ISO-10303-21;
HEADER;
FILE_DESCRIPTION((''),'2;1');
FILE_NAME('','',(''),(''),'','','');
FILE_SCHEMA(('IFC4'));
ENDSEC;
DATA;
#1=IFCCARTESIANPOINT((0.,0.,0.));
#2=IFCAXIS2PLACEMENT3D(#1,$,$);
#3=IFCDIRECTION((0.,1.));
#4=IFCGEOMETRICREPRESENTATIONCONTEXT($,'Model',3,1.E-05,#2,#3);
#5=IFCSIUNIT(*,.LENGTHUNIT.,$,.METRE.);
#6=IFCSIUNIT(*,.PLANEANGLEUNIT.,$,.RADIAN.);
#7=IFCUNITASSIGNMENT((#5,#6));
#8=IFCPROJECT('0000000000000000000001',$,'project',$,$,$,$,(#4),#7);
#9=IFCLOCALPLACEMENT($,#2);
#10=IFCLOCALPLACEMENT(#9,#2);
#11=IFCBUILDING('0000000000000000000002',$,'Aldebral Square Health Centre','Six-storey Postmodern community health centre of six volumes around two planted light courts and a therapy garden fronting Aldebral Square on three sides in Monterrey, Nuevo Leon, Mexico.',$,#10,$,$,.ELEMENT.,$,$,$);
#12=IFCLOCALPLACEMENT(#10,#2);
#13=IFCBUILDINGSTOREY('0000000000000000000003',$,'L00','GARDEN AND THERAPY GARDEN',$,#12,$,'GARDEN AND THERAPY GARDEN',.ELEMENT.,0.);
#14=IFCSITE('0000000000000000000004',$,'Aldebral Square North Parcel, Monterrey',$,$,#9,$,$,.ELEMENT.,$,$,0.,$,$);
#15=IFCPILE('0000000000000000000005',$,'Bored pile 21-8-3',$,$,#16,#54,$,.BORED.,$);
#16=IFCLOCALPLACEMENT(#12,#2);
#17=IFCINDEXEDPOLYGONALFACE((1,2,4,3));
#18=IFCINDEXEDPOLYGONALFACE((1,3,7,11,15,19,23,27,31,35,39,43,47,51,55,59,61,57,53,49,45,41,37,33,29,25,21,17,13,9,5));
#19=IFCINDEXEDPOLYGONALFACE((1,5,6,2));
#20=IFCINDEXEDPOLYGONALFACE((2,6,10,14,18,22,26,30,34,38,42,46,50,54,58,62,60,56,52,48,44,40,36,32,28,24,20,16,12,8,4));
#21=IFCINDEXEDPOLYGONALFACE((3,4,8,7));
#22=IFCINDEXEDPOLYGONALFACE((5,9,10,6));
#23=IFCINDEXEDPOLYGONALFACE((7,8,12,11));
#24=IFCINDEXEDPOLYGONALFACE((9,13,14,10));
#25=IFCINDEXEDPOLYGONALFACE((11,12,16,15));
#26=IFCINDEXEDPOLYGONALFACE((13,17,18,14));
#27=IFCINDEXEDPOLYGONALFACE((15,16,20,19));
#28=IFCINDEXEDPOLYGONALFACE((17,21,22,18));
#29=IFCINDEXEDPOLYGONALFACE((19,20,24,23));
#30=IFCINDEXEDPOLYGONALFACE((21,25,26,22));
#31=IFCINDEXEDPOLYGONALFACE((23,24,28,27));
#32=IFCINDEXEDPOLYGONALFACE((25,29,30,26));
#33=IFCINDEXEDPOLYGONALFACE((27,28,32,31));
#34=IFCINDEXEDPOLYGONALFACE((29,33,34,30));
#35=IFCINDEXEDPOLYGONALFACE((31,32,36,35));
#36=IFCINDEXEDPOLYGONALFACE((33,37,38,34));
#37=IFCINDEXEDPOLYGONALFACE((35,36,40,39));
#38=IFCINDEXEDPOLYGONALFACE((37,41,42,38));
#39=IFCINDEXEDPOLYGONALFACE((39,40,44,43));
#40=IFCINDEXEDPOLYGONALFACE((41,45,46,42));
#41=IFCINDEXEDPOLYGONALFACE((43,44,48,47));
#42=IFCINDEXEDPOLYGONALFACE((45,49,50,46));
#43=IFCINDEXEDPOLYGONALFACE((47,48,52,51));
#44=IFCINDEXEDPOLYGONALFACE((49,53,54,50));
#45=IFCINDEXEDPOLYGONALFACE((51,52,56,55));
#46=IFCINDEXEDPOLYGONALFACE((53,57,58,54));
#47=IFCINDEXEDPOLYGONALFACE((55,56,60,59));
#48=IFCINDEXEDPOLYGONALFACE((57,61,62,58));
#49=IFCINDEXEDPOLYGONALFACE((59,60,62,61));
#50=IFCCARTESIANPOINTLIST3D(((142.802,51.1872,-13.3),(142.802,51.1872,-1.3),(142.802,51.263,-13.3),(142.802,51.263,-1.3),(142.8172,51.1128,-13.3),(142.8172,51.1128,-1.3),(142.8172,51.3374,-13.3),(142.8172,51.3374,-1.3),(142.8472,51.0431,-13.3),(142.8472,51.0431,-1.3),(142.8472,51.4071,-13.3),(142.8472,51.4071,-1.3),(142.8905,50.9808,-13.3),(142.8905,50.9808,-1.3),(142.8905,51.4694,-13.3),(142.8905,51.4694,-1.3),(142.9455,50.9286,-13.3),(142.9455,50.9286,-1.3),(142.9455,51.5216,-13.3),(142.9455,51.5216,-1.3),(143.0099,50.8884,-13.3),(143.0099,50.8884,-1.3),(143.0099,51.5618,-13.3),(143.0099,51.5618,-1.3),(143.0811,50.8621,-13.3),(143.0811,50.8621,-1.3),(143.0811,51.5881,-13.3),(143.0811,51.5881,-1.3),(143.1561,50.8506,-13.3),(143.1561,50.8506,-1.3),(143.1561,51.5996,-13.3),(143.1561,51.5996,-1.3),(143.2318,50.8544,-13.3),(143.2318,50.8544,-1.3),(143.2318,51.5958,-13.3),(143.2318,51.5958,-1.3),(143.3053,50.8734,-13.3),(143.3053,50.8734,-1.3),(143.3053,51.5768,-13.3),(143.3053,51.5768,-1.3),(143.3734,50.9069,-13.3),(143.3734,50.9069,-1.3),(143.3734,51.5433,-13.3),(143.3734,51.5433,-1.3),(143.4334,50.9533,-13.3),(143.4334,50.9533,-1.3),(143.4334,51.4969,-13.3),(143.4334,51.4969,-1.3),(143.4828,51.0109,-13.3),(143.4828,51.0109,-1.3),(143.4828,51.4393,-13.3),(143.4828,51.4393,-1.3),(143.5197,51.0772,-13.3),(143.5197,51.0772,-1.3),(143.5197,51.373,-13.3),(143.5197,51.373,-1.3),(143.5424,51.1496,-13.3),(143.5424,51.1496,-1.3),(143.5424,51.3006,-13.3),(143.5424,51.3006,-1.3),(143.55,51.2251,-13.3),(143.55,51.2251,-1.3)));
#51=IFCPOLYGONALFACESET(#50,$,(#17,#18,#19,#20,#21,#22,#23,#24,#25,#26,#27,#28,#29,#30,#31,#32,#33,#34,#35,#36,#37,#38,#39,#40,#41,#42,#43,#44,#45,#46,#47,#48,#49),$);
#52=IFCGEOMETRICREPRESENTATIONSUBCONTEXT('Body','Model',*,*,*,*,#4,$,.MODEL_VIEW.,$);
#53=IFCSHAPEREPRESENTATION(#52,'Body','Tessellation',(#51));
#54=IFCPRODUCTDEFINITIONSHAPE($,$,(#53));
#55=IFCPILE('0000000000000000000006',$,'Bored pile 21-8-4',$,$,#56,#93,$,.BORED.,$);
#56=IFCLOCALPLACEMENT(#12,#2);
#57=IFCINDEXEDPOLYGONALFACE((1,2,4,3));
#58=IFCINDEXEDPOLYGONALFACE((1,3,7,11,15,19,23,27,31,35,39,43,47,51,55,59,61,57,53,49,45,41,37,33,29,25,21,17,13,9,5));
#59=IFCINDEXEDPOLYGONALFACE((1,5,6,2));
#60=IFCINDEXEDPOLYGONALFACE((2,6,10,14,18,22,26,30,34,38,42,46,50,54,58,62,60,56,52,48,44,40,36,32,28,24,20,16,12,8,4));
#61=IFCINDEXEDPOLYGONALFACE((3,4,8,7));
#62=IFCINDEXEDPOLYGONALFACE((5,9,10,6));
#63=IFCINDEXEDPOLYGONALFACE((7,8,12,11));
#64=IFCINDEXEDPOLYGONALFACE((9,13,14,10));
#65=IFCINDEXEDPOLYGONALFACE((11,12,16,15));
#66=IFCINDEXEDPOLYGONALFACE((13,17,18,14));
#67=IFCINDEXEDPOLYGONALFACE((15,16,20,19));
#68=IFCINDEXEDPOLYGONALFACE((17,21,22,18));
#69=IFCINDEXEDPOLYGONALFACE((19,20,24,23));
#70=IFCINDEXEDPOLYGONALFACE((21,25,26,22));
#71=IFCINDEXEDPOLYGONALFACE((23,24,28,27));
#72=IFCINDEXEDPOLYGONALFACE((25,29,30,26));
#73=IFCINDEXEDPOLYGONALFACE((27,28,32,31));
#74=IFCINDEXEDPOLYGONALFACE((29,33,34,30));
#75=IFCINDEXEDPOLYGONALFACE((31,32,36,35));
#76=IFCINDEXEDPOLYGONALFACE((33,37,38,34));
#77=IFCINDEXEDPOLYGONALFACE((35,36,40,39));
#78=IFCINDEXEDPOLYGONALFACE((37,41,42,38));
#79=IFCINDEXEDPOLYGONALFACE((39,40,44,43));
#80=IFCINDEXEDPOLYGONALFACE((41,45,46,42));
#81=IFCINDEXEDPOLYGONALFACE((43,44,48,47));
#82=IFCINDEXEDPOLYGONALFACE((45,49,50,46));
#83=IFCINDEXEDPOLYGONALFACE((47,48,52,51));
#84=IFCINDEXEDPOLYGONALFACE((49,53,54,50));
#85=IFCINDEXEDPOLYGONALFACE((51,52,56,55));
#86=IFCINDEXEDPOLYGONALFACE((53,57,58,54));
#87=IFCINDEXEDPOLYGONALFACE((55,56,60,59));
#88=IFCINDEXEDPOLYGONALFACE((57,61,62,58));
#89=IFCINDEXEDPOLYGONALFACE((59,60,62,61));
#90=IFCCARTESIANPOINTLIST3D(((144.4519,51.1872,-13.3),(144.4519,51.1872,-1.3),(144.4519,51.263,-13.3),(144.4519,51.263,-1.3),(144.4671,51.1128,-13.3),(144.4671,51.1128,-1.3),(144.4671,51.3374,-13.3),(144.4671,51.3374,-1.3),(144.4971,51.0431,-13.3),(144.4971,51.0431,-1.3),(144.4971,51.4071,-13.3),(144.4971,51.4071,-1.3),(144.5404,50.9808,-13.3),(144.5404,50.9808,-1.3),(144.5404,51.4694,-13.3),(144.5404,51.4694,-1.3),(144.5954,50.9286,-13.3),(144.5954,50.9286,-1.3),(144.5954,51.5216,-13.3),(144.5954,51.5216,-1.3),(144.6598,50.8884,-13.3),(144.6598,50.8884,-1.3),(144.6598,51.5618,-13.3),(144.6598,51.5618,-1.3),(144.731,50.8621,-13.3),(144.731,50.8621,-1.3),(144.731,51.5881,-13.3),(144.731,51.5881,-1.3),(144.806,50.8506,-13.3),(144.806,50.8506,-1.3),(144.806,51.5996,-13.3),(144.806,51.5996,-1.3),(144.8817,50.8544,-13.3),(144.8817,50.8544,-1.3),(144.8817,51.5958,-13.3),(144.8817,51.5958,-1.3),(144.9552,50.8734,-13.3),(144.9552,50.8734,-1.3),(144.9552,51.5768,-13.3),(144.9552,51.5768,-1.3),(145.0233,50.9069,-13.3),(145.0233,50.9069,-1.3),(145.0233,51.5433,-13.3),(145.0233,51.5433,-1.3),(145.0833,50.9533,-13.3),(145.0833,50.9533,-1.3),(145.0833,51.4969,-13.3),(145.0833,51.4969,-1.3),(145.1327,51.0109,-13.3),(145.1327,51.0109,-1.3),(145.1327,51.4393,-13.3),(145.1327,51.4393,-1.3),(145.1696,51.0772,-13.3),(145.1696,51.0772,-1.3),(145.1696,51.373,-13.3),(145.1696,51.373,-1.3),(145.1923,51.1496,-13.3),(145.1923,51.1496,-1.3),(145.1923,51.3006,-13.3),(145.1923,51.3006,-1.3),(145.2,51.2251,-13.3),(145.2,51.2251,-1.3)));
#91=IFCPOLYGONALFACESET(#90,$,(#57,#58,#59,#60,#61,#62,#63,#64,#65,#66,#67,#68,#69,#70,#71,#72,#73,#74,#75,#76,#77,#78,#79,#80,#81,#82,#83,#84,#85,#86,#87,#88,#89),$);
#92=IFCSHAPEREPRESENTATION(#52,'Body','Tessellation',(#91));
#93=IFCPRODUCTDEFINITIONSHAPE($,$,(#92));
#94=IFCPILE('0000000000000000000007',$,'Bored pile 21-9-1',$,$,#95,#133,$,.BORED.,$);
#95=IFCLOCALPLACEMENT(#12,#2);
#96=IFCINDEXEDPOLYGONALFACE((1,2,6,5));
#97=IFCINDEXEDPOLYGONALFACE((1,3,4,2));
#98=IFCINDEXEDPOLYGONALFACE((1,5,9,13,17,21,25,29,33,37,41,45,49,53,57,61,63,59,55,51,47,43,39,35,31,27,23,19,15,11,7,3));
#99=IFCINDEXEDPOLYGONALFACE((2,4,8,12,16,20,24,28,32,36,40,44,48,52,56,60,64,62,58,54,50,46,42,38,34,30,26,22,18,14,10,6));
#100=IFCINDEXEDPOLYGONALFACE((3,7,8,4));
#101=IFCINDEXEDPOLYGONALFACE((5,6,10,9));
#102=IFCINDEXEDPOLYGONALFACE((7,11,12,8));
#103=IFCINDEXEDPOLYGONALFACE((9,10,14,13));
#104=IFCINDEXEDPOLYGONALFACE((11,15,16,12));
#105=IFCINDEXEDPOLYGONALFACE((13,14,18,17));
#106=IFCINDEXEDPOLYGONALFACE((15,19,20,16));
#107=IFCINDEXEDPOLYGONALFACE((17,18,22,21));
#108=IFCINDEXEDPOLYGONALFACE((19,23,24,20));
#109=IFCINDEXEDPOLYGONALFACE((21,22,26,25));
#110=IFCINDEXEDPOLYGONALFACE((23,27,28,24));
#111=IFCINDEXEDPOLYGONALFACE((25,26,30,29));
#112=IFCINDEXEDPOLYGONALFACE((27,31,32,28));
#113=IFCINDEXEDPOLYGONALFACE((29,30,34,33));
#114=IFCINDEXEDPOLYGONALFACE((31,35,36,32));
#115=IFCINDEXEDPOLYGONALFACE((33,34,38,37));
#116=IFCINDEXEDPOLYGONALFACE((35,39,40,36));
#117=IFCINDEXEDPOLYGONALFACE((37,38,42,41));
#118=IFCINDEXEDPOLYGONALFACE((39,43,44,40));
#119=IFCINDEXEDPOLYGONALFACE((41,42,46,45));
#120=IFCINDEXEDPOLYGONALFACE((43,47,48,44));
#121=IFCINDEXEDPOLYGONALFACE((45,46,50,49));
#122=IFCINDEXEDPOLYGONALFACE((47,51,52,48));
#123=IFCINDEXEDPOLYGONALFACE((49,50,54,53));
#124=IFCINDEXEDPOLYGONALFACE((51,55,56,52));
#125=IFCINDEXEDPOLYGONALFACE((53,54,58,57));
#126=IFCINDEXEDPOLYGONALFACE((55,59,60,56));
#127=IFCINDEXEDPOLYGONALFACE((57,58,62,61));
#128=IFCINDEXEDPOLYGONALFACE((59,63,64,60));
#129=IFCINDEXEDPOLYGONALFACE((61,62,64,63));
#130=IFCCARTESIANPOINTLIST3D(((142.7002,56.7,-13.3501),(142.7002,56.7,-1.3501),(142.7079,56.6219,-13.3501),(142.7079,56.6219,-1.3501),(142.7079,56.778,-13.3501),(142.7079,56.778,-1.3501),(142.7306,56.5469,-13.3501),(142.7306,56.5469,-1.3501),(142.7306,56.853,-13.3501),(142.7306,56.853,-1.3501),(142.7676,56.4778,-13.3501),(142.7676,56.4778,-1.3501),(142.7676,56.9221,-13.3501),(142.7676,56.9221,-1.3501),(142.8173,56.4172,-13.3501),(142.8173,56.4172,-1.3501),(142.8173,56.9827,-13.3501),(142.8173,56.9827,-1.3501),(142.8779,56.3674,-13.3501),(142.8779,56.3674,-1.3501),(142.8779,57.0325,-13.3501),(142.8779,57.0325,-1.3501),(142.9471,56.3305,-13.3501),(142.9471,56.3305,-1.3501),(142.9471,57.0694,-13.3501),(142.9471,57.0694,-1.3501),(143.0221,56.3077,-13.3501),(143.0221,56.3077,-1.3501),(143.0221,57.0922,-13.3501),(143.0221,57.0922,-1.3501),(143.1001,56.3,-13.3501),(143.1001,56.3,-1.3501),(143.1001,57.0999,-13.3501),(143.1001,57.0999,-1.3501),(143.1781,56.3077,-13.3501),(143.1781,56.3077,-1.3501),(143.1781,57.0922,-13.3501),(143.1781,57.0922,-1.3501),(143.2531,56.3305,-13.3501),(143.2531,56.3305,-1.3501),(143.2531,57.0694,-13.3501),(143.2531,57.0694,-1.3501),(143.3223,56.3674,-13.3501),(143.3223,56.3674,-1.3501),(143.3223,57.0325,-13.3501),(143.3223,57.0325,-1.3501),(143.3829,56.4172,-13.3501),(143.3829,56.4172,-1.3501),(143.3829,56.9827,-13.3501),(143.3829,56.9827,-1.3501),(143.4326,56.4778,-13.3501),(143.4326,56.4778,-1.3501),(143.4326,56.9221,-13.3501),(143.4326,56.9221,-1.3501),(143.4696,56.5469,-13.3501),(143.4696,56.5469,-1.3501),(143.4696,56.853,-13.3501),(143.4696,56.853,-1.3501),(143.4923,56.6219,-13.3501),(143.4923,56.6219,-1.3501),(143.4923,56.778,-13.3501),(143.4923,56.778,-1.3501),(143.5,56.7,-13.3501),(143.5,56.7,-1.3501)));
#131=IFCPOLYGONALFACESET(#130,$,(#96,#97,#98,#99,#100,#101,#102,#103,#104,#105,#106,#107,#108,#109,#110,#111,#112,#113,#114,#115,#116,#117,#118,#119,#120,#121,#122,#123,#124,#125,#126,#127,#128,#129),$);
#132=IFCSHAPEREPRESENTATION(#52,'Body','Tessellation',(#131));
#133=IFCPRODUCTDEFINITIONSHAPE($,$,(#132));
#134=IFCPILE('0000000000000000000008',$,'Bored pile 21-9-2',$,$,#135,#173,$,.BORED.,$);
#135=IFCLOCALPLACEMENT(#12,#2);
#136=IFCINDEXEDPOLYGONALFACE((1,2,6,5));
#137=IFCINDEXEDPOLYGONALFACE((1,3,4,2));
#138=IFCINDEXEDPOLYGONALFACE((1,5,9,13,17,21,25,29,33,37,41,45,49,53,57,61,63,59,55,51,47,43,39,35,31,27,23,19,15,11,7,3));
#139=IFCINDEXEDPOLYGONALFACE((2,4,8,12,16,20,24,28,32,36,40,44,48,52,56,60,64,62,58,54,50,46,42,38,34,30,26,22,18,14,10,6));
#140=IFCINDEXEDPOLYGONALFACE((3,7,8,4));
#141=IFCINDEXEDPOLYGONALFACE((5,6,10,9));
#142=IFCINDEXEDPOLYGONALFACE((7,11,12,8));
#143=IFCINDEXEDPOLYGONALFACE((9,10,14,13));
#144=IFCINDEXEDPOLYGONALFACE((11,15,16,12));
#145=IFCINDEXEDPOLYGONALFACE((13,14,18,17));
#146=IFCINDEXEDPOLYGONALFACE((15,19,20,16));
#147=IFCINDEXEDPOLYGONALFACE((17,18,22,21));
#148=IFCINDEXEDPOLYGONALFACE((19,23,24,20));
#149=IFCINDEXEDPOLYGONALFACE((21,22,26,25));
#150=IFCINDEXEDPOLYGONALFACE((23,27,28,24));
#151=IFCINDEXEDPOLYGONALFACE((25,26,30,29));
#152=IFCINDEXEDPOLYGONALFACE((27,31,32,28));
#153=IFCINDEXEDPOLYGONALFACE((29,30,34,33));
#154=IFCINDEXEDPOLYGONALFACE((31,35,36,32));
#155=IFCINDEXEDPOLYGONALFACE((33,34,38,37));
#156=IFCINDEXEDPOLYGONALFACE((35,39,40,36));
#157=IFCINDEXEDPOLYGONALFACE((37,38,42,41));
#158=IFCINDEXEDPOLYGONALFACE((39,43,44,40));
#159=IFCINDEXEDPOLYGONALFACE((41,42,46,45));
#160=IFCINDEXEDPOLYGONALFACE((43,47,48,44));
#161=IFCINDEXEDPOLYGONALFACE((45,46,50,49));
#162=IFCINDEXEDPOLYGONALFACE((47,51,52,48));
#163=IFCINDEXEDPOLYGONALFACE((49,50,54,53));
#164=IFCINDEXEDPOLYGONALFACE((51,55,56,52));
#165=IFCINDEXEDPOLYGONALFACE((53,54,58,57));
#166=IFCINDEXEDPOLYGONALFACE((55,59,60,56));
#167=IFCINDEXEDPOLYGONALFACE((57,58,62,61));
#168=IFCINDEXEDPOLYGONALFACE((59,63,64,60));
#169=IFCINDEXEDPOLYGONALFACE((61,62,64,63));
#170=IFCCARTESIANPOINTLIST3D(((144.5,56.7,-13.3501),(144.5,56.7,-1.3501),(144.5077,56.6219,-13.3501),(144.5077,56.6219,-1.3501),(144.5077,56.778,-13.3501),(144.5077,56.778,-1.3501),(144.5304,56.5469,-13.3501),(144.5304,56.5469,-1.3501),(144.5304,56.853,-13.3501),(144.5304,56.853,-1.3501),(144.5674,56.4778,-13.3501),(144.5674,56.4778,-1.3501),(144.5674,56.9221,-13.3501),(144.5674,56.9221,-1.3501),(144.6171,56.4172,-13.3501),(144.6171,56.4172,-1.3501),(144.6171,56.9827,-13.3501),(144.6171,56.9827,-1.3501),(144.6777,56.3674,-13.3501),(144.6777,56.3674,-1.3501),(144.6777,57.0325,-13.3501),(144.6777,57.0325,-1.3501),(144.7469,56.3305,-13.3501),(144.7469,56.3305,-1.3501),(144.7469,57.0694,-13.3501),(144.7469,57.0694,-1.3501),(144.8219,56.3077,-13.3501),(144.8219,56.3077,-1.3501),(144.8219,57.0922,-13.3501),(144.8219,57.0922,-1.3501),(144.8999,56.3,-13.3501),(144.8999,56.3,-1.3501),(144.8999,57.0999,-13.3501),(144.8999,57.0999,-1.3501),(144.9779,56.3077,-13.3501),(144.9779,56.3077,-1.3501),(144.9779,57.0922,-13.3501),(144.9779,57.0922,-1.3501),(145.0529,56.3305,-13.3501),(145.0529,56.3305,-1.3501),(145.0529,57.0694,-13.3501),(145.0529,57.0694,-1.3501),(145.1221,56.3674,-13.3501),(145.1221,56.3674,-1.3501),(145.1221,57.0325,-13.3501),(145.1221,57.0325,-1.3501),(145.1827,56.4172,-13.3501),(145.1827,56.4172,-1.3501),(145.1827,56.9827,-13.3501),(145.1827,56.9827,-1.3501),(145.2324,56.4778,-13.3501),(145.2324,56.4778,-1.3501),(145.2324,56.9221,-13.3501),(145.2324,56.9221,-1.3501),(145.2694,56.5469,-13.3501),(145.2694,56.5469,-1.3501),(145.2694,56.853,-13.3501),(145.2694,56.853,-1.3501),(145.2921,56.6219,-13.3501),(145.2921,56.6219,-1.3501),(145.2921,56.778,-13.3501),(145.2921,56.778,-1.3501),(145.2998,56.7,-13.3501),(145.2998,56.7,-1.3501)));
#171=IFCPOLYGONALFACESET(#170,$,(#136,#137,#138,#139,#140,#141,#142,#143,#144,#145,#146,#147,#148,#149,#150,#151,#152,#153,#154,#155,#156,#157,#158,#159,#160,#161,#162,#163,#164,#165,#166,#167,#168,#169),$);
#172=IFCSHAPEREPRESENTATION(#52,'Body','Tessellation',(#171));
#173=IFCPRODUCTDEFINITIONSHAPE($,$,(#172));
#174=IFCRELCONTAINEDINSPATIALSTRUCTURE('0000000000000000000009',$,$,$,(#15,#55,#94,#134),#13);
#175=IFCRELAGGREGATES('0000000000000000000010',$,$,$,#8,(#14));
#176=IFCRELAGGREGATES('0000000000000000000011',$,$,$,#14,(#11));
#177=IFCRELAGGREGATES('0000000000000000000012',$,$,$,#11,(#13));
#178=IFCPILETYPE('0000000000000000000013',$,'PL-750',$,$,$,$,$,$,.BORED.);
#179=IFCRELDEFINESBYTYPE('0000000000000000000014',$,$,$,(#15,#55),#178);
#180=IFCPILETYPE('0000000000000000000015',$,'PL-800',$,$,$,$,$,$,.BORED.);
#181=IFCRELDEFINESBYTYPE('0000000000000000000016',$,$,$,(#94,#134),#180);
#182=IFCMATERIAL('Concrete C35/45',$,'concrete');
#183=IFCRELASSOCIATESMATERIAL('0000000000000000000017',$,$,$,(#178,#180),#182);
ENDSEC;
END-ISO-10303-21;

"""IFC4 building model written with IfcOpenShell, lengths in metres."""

from ifc_helpers import new_model, si_unit, direction, frame, origin, origin_2d, place, context, subcontext, project, spatial, circle, extrude, material, material_profile, profile_set, type_object, element, save


model = new_model("IFC4")

# Units and contexts
model_context = context("Model", 3, precision=1e-05, world=origin(), true_north=direction((0.0, 1.0)))
body_context = subcontext(model_context, "Body", "Model", "MODEL_VIEW")
ifc_project = project(units=[si_unit("LENGTHUNIT", "METRE"), si_unit("PLANEANGLEUNIT", "RADIAN")], contexts=[model_context])

# Site, building, storey
site_placement = place(None, origin())
site = spatial("IfcSite", under=ifc_project, at=site_placement, Name="Aldebral Square North Parcel, Monterrey", CompositionType="ELEMENT", RefElevation=0.0)
building_placement = place(site_placement, origin())
building = spatial("IfcBuilding", under=site, at=building_placement, Name="Aldebral Square Health Centre", Description="Six-storey Postmodern community health centre of six volumes around two planted light courts and a therapy garden fronting Aldebral Square on three sides in Monterrey, Nuevo Leon, Mexico.", CompositionType="ELEMENT")
storey_placement = place(building_placement, origin())
storey = spatial("IfcBuildingStorey", under=building, at=storey_placement, Name="L00", Description="GARDEN AND THERAPY GARDEN", LongName="GARDEN AND THERAPY GARDEN", CompositionType="ELEMENT", Elevation=0.0)

# Shared definitions
ifc_material_1 = material(Name="Concrete C35/45", Category="concrete")

# Piles
ifc_material_profile_1 = material_profile(ifc_material_1, circle(Radius=0.375, at=origin_2d()), Name="PILE D750")
ifc_profile_set_1 = profile_set([ifc_material_profile_1], Name="Concrete C35/45")
pile_type_1 = type_object("IfcPileType", Name="PL-750", PredefinedType="BORED", material=ifc_profile_set_1)
for number, where, z_axis, x_axis, name in (
    (1, (143.175, 51.2251, -1.3), (0.0, 0.0, -1.0), (1.0, 0.0, 0.0), "Bored pile 21-8-3"),
    (2, (144.825, 51.2251, -1.3), (0.0, 0.0, -1.0), (1.0, 0.0, 0.0), "Bored pile 21-8-4"),
):
    element("IfcPile", number, at=place(storey_placement, frame(where, z_axis=z_axis, x_axis=x_axis)), inside=storey, type_object=pile_type_1, Name=name, PredefinedType="BORED", context=body_context, shape_type="SweptSolid", body=[
        extrude(circle(Radius=0.375, at=origin_2d()), origin(), (0.0, 0.0, 1.0), 12.0),
    ])
ifc_material_profile_2 = material_profile(ifc_material_1, circle(Radius=0.3999, at=origin_2d()), Name="PILE D800")
ifc_profile_set_2 = profile_set([ifc_material_profile_2], Name="Concrete C35/45")
pile_type_2 = type_object("IfcPileType", Name="PL-800", PredefinedType="BORED", material=ifc_profile_set_2)
for number, where, z_axis, x_axis, name in (
    (3, (143.1001, 56.7, -1.3501), (0.0, 0.0, -1.0), (1.0, 0.0, 0.0), "Bored pile 21-9-1"),
    (4, (144.8999, 56.7, -1.3501), (0.0, 0.0, -1.0), (1.0, 0.0, 0.0), "Bored pile 21-9-2"),
):
    element("IfcPile", number, at=place(storey_placement, frame(where, z_axis=z_axis, x_axis=x_axis)), inside=storey, type_object=pile_type_2, Name=name, PredefinedType="BORED", context=body_context, shape_type="SweptSolid", body=[
        extrude(circle(Radius=0.3999, at=origin_2d()), origin(), (0.0, 0.0, 1.0), 12.0),
    ])

save(model, "model.ifc")
